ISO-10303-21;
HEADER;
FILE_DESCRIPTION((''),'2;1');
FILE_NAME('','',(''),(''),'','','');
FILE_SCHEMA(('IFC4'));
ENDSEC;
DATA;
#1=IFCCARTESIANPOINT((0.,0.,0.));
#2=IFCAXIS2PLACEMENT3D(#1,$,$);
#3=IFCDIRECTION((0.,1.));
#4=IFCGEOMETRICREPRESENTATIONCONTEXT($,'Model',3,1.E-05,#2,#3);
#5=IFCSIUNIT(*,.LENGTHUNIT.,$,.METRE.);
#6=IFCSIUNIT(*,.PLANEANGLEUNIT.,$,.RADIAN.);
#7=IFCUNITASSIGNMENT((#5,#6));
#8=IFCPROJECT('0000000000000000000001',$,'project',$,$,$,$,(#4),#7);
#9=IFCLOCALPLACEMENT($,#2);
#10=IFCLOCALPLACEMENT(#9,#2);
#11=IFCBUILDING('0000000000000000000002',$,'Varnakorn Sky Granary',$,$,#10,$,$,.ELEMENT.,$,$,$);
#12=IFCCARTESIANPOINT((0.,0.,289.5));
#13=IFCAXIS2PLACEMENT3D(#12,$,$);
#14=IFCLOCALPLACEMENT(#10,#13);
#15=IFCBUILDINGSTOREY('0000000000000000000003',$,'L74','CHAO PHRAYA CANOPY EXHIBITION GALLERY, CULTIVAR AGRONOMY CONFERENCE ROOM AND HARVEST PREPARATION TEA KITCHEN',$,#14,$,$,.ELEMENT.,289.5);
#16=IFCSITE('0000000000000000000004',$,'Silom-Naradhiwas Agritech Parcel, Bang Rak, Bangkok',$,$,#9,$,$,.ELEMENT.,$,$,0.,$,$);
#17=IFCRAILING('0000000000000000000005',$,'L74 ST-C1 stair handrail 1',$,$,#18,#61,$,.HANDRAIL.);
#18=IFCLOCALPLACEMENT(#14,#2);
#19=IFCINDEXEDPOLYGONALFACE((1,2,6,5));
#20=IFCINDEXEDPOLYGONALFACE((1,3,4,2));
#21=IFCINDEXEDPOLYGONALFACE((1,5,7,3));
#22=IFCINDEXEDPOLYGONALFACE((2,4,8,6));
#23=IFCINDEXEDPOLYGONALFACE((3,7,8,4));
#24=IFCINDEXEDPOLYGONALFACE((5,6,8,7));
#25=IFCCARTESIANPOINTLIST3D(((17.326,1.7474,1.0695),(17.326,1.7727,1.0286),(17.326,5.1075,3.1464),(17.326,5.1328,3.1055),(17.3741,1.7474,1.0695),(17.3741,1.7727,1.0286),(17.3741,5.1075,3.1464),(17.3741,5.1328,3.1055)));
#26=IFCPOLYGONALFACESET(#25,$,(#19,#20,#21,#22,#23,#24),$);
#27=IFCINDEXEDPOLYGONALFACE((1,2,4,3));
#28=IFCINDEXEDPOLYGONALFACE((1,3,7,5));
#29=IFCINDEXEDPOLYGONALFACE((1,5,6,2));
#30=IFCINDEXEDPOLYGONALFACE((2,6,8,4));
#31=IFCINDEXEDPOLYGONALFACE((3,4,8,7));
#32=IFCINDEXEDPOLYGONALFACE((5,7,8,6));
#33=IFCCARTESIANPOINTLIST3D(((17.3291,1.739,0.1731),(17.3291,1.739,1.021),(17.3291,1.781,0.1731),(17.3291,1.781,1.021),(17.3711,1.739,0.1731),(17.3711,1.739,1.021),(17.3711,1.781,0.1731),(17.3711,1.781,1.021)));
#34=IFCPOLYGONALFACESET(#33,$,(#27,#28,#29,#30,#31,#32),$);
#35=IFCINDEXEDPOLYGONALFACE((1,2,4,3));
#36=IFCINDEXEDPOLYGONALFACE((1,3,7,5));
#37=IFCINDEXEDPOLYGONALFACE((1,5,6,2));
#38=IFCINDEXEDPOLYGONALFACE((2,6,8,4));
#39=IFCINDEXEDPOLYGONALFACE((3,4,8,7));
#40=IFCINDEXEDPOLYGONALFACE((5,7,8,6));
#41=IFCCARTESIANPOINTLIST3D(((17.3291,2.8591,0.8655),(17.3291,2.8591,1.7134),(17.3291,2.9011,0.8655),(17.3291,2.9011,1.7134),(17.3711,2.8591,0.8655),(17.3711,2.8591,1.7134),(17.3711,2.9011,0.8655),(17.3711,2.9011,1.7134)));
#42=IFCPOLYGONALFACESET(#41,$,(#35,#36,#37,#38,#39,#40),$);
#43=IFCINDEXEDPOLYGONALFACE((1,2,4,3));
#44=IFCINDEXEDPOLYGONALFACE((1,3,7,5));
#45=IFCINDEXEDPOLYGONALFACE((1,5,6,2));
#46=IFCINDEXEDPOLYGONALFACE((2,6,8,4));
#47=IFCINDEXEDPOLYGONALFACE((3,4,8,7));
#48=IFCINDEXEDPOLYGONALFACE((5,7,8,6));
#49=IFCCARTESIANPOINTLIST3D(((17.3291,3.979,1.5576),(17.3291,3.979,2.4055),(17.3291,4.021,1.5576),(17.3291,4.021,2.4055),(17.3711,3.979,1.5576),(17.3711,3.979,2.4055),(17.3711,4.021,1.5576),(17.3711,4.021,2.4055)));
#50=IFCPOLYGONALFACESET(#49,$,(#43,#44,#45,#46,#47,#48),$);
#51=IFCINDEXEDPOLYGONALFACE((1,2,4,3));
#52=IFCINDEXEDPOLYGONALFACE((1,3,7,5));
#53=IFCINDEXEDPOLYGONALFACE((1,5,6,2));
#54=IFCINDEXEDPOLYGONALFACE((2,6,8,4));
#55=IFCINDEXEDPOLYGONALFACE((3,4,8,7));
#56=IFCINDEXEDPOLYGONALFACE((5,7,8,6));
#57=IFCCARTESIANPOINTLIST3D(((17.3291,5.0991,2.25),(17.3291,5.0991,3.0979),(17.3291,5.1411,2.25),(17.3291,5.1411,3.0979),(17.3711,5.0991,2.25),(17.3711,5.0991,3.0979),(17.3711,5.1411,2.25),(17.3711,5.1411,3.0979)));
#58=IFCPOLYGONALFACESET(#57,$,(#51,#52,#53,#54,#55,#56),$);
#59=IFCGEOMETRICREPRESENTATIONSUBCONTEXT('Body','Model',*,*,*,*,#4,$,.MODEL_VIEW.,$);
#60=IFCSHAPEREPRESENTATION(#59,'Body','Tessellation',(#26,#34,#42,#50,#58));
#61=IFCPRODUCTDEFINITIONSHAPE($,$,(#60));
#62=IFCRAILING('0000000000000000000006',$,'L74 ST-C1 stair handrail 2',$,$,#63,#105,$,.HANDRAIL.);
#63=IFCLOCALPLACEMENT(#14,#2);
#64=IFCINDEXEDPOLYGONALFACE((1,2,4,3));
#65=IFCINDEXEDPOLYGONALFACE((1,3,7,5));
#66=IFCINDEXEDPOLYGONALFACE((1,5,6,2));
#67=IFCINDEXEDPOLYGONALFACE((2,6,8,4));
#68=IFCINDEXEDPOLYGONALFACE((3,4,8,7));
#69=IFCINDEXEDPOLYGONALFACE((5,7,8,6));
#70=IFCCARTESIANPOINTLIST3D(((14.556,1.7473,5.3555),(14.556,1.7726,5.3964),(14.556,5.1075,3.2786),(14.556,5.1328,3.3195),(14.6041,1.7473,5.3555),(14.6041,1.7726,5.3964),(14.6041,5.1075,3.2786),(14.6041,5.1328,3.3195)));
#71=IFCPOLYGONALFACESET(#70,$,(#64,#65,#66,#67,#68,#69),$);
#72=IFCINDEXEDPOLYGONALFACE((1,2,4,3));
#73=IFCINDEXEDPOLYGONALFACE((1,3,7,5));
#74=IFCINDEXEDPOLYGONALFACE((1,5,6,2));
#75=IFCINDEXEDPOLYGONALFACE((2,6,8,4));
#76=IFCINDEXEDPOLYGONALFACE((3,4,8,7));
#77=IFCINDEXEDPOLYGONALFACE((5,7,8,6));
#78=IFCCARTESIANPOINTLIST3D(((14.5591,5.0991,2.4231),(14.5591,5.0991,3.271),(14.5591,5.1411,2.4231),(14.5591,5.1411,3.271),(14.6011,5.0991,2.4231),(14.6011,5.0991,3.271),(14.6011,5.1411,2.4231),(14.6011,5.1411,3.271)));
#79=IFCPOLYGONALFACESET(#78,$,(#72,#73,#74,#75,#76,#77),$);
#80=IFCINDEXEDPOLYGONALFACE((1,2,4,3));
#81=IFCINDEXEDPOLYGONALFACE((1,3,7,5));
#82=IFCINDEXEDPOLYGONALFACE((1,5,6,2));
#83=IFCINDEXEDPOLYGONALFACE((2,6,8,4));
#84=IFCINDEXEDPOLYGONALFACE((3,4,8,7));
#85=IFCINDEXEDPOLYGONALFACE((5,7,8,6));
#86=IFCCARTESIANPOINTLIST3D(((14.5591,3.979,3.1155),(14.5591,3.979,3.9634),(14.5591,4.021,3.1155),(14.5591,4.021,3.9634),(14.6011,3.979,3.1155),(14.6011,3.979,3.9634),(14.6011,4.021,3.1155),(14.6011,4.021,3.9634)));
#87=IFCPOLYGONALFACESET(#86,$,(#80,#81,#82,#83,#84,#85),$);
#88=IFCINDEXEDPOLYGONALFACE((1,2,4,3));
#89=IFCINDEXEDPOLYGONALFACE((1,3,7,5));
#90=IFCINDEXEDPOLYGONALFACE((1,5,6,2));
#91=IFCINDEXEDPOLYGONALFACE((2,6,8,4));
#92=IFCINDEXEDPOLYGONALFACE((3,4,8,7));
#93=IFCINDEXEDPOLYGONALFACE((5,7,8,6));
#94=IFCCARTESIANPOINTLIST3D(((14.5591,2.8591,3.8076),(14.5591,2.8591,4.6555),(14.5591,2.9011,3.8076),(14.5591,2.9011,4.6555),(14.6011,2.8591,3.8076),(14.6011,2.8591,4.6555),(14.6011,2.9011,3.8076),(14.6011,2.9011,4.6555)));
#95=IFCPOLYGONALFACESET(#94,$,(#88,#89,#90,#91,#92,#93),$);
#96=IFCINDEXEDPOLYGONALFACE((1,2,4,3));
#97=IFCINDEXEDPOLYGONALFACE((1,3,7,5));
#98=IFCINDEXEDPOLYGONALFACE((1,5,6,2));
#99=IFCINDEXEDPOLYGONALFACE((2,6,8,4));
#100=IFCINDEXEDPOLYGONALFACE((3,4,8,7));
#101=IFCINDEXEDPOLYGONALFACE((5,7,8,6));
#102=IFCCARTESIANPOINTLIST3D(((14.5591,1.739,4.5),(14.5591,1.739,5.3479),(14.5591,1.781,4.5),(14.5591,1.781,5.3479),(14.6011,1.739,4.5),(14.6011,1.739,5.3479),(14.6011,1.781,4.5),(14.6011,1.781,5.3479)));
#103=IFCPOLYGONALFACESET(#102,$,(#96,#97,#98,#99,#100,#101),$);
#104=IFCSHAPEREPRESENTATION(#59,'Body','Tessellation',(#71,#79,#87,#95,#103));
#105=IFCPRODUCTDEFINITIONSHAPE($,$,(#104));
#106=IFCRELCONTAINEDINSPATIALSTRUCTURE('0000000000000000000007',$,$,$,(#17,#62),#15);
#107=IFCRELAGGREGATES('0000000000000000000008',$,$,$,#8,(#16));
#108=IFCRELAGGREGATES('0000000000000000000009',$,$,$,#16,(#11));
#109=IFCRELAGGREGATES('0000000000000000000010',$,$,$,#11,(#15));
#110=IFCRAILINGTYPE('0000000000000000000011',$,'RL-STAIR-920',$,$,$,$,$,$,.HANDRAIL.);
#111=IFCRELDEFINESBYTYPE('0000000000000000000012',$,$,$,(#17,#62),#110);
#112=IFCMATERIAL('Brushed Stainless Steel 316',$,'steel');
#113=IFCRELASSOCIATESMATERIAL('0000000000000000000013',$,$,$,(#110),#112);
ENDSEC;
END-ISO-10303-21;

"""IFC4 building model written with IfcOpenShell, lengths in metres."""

from ifc_helpers import new_model, si_unit, direction, frame, origin, origin_2d, place, context, subcontext, project, spatial, rectangle, extrude, material, type_object, element, save


model = new_model("IFC4")

# Units and contexts
model_context = context("Model", 3, precision=1e-05, world=origin(), true_north=direction((0.0, 1.0)))
body_context = subcontext(model_context, "Body", "Model", "MODEL_VIEW")
ifc_project = project(units=[si_unit("LENGTHUNIT", "METRE"), si_unit("PLANEANGLEUNIT", "RADIAN")], contexts=[model_context])

# Site, building, storey
site_placement = place(None, origin())
site = spatial("IfcSite", under=ifc_project, at=site_placement, Name="Silom-Naradhiwas Agritech Parcel, Bang Rak, Bangkok", CompositionType="ELEMENT", RefElevation=0.0)
building_placement = place(site_placement, origin())
building = spatial("IfcBuilding", under=site, at=building_placement, Name="Varnakorn Sky Granary", CompositionType="ELEMENT")
storey_placement = place(building_placement, frame((0.0, 0.0, 289.5)))
storey = spatial("IfcBuildingStorey", under=building, at=storey_placement, Name="L74", Description="CHAO PHRAYA CANOPY EXHIBITION GALLERY, CULTIVAR AGRONOMY CONFERENCE ROOM AND HARVEST PREPARATION TEA KITCHEN", CompositionType="ELEMENT", Elevation=289.5)

# Railings
ifc_material_1 = material(Name="Brushed Stainless Steel 316", Category="steel")
railing_type_1 = type_object("IfcRailingType", Name="RL-STAIR-920", PredefinedType="HANDRAIL", material=ifc_material_1)
railing_1_placement = place(storey_placement, frame((17.3501, 1.76, 0.1731)))
element("IfcRailing", 1, at=railing_1_placement, inside=storey, type_object=railing_type_1, Name="L74 ST-C1 stair handrail 1", PredefinedType="HANDRAIL", context=body_context, shape_type="SweptSolid", body=[
    extrude(rectangle(XDim=0.0481, YDim=0.0481, at=origin_2d()), frame((0.0, 0.0, 0.876), z_axis=(0.0, 0.850623, 0.525776), x_axis=(-1.0, 0.0, 0.0)), (0.0, 0.0, 1.0), 3.9502),
    extrude(rectangle(XDim=0.042, YDim=0.042, at=origin_2d()), origin(), (0.0, 0.0, 1.0), 0.8479),
    extrude(rectangle(XDim=0.042, YDim=0.042, at=origin_2d()), frame((0.0, 1.1201, 0.6924)), (0.0, 0.0, 1.0), 0.8479),
    extrude(rectangle(XDim=0.042, YDim=0.042, at=origin_2d()), frame((0.0, 2.24, 1.3845)), (0.0, 0.0, 1.0), 0.8479),
    extrude(rectangle(XDim=0.042, YDim=0.042, at=origin_2d()), frame((0.0, 3.3601, 2.0769)), (0.0, 0.0, 1.0), 0.8479),
])
railing_2_placement = place(storey_placement, frame((14.5801, 5.1201, 2.4231)))
element("IfcRailing", 2, at=railing_2_placement, inside=storey, type_object=railing_type_1, Name="L74 ST-C1 stair handrail 2", PredefinedType="HANDRAIL", context=body_context, shape_type="SweptSolid", body=[
    extrude(rectangle(XDim=0.0481, YDim=0.0481, at=origin_2d()), frame((0.0, 0.0, 0.876), z_axis=(0.0, -0.850623, 0.525776), x_axis=(1.0, 0.0, 0.0)), (0.0, 0.0, 1.0), 3.9502),
    extrude(rectangle(XDim=0.042, YDim=0.042, at=origin_2d()), origin(), (0.0, 0.0, 1.0), 0.8479),
    extrude(rectangle(XDim=0.042, YDim=0.042, at=origin_2d()), frame((0.0, -1.1201, 0.6924)), (0.0, 0.0, 1.0), 0.8479),
    extrude(rectangle(XDim=0.042, YDim=0.042, at=origin_2d()), frame((0.0, -2.24, 1.3845)), (0.0, 0.0, 1.0), 0.8479),
    extrude(rectangle(XDim=0.042, YDim=0.042, at=origin_2d()), frame((0.0, -3.3601, 2.0769)), (0.0, 0.0, 1.0), 0.8479),
])

save(model, "model.ifc")
